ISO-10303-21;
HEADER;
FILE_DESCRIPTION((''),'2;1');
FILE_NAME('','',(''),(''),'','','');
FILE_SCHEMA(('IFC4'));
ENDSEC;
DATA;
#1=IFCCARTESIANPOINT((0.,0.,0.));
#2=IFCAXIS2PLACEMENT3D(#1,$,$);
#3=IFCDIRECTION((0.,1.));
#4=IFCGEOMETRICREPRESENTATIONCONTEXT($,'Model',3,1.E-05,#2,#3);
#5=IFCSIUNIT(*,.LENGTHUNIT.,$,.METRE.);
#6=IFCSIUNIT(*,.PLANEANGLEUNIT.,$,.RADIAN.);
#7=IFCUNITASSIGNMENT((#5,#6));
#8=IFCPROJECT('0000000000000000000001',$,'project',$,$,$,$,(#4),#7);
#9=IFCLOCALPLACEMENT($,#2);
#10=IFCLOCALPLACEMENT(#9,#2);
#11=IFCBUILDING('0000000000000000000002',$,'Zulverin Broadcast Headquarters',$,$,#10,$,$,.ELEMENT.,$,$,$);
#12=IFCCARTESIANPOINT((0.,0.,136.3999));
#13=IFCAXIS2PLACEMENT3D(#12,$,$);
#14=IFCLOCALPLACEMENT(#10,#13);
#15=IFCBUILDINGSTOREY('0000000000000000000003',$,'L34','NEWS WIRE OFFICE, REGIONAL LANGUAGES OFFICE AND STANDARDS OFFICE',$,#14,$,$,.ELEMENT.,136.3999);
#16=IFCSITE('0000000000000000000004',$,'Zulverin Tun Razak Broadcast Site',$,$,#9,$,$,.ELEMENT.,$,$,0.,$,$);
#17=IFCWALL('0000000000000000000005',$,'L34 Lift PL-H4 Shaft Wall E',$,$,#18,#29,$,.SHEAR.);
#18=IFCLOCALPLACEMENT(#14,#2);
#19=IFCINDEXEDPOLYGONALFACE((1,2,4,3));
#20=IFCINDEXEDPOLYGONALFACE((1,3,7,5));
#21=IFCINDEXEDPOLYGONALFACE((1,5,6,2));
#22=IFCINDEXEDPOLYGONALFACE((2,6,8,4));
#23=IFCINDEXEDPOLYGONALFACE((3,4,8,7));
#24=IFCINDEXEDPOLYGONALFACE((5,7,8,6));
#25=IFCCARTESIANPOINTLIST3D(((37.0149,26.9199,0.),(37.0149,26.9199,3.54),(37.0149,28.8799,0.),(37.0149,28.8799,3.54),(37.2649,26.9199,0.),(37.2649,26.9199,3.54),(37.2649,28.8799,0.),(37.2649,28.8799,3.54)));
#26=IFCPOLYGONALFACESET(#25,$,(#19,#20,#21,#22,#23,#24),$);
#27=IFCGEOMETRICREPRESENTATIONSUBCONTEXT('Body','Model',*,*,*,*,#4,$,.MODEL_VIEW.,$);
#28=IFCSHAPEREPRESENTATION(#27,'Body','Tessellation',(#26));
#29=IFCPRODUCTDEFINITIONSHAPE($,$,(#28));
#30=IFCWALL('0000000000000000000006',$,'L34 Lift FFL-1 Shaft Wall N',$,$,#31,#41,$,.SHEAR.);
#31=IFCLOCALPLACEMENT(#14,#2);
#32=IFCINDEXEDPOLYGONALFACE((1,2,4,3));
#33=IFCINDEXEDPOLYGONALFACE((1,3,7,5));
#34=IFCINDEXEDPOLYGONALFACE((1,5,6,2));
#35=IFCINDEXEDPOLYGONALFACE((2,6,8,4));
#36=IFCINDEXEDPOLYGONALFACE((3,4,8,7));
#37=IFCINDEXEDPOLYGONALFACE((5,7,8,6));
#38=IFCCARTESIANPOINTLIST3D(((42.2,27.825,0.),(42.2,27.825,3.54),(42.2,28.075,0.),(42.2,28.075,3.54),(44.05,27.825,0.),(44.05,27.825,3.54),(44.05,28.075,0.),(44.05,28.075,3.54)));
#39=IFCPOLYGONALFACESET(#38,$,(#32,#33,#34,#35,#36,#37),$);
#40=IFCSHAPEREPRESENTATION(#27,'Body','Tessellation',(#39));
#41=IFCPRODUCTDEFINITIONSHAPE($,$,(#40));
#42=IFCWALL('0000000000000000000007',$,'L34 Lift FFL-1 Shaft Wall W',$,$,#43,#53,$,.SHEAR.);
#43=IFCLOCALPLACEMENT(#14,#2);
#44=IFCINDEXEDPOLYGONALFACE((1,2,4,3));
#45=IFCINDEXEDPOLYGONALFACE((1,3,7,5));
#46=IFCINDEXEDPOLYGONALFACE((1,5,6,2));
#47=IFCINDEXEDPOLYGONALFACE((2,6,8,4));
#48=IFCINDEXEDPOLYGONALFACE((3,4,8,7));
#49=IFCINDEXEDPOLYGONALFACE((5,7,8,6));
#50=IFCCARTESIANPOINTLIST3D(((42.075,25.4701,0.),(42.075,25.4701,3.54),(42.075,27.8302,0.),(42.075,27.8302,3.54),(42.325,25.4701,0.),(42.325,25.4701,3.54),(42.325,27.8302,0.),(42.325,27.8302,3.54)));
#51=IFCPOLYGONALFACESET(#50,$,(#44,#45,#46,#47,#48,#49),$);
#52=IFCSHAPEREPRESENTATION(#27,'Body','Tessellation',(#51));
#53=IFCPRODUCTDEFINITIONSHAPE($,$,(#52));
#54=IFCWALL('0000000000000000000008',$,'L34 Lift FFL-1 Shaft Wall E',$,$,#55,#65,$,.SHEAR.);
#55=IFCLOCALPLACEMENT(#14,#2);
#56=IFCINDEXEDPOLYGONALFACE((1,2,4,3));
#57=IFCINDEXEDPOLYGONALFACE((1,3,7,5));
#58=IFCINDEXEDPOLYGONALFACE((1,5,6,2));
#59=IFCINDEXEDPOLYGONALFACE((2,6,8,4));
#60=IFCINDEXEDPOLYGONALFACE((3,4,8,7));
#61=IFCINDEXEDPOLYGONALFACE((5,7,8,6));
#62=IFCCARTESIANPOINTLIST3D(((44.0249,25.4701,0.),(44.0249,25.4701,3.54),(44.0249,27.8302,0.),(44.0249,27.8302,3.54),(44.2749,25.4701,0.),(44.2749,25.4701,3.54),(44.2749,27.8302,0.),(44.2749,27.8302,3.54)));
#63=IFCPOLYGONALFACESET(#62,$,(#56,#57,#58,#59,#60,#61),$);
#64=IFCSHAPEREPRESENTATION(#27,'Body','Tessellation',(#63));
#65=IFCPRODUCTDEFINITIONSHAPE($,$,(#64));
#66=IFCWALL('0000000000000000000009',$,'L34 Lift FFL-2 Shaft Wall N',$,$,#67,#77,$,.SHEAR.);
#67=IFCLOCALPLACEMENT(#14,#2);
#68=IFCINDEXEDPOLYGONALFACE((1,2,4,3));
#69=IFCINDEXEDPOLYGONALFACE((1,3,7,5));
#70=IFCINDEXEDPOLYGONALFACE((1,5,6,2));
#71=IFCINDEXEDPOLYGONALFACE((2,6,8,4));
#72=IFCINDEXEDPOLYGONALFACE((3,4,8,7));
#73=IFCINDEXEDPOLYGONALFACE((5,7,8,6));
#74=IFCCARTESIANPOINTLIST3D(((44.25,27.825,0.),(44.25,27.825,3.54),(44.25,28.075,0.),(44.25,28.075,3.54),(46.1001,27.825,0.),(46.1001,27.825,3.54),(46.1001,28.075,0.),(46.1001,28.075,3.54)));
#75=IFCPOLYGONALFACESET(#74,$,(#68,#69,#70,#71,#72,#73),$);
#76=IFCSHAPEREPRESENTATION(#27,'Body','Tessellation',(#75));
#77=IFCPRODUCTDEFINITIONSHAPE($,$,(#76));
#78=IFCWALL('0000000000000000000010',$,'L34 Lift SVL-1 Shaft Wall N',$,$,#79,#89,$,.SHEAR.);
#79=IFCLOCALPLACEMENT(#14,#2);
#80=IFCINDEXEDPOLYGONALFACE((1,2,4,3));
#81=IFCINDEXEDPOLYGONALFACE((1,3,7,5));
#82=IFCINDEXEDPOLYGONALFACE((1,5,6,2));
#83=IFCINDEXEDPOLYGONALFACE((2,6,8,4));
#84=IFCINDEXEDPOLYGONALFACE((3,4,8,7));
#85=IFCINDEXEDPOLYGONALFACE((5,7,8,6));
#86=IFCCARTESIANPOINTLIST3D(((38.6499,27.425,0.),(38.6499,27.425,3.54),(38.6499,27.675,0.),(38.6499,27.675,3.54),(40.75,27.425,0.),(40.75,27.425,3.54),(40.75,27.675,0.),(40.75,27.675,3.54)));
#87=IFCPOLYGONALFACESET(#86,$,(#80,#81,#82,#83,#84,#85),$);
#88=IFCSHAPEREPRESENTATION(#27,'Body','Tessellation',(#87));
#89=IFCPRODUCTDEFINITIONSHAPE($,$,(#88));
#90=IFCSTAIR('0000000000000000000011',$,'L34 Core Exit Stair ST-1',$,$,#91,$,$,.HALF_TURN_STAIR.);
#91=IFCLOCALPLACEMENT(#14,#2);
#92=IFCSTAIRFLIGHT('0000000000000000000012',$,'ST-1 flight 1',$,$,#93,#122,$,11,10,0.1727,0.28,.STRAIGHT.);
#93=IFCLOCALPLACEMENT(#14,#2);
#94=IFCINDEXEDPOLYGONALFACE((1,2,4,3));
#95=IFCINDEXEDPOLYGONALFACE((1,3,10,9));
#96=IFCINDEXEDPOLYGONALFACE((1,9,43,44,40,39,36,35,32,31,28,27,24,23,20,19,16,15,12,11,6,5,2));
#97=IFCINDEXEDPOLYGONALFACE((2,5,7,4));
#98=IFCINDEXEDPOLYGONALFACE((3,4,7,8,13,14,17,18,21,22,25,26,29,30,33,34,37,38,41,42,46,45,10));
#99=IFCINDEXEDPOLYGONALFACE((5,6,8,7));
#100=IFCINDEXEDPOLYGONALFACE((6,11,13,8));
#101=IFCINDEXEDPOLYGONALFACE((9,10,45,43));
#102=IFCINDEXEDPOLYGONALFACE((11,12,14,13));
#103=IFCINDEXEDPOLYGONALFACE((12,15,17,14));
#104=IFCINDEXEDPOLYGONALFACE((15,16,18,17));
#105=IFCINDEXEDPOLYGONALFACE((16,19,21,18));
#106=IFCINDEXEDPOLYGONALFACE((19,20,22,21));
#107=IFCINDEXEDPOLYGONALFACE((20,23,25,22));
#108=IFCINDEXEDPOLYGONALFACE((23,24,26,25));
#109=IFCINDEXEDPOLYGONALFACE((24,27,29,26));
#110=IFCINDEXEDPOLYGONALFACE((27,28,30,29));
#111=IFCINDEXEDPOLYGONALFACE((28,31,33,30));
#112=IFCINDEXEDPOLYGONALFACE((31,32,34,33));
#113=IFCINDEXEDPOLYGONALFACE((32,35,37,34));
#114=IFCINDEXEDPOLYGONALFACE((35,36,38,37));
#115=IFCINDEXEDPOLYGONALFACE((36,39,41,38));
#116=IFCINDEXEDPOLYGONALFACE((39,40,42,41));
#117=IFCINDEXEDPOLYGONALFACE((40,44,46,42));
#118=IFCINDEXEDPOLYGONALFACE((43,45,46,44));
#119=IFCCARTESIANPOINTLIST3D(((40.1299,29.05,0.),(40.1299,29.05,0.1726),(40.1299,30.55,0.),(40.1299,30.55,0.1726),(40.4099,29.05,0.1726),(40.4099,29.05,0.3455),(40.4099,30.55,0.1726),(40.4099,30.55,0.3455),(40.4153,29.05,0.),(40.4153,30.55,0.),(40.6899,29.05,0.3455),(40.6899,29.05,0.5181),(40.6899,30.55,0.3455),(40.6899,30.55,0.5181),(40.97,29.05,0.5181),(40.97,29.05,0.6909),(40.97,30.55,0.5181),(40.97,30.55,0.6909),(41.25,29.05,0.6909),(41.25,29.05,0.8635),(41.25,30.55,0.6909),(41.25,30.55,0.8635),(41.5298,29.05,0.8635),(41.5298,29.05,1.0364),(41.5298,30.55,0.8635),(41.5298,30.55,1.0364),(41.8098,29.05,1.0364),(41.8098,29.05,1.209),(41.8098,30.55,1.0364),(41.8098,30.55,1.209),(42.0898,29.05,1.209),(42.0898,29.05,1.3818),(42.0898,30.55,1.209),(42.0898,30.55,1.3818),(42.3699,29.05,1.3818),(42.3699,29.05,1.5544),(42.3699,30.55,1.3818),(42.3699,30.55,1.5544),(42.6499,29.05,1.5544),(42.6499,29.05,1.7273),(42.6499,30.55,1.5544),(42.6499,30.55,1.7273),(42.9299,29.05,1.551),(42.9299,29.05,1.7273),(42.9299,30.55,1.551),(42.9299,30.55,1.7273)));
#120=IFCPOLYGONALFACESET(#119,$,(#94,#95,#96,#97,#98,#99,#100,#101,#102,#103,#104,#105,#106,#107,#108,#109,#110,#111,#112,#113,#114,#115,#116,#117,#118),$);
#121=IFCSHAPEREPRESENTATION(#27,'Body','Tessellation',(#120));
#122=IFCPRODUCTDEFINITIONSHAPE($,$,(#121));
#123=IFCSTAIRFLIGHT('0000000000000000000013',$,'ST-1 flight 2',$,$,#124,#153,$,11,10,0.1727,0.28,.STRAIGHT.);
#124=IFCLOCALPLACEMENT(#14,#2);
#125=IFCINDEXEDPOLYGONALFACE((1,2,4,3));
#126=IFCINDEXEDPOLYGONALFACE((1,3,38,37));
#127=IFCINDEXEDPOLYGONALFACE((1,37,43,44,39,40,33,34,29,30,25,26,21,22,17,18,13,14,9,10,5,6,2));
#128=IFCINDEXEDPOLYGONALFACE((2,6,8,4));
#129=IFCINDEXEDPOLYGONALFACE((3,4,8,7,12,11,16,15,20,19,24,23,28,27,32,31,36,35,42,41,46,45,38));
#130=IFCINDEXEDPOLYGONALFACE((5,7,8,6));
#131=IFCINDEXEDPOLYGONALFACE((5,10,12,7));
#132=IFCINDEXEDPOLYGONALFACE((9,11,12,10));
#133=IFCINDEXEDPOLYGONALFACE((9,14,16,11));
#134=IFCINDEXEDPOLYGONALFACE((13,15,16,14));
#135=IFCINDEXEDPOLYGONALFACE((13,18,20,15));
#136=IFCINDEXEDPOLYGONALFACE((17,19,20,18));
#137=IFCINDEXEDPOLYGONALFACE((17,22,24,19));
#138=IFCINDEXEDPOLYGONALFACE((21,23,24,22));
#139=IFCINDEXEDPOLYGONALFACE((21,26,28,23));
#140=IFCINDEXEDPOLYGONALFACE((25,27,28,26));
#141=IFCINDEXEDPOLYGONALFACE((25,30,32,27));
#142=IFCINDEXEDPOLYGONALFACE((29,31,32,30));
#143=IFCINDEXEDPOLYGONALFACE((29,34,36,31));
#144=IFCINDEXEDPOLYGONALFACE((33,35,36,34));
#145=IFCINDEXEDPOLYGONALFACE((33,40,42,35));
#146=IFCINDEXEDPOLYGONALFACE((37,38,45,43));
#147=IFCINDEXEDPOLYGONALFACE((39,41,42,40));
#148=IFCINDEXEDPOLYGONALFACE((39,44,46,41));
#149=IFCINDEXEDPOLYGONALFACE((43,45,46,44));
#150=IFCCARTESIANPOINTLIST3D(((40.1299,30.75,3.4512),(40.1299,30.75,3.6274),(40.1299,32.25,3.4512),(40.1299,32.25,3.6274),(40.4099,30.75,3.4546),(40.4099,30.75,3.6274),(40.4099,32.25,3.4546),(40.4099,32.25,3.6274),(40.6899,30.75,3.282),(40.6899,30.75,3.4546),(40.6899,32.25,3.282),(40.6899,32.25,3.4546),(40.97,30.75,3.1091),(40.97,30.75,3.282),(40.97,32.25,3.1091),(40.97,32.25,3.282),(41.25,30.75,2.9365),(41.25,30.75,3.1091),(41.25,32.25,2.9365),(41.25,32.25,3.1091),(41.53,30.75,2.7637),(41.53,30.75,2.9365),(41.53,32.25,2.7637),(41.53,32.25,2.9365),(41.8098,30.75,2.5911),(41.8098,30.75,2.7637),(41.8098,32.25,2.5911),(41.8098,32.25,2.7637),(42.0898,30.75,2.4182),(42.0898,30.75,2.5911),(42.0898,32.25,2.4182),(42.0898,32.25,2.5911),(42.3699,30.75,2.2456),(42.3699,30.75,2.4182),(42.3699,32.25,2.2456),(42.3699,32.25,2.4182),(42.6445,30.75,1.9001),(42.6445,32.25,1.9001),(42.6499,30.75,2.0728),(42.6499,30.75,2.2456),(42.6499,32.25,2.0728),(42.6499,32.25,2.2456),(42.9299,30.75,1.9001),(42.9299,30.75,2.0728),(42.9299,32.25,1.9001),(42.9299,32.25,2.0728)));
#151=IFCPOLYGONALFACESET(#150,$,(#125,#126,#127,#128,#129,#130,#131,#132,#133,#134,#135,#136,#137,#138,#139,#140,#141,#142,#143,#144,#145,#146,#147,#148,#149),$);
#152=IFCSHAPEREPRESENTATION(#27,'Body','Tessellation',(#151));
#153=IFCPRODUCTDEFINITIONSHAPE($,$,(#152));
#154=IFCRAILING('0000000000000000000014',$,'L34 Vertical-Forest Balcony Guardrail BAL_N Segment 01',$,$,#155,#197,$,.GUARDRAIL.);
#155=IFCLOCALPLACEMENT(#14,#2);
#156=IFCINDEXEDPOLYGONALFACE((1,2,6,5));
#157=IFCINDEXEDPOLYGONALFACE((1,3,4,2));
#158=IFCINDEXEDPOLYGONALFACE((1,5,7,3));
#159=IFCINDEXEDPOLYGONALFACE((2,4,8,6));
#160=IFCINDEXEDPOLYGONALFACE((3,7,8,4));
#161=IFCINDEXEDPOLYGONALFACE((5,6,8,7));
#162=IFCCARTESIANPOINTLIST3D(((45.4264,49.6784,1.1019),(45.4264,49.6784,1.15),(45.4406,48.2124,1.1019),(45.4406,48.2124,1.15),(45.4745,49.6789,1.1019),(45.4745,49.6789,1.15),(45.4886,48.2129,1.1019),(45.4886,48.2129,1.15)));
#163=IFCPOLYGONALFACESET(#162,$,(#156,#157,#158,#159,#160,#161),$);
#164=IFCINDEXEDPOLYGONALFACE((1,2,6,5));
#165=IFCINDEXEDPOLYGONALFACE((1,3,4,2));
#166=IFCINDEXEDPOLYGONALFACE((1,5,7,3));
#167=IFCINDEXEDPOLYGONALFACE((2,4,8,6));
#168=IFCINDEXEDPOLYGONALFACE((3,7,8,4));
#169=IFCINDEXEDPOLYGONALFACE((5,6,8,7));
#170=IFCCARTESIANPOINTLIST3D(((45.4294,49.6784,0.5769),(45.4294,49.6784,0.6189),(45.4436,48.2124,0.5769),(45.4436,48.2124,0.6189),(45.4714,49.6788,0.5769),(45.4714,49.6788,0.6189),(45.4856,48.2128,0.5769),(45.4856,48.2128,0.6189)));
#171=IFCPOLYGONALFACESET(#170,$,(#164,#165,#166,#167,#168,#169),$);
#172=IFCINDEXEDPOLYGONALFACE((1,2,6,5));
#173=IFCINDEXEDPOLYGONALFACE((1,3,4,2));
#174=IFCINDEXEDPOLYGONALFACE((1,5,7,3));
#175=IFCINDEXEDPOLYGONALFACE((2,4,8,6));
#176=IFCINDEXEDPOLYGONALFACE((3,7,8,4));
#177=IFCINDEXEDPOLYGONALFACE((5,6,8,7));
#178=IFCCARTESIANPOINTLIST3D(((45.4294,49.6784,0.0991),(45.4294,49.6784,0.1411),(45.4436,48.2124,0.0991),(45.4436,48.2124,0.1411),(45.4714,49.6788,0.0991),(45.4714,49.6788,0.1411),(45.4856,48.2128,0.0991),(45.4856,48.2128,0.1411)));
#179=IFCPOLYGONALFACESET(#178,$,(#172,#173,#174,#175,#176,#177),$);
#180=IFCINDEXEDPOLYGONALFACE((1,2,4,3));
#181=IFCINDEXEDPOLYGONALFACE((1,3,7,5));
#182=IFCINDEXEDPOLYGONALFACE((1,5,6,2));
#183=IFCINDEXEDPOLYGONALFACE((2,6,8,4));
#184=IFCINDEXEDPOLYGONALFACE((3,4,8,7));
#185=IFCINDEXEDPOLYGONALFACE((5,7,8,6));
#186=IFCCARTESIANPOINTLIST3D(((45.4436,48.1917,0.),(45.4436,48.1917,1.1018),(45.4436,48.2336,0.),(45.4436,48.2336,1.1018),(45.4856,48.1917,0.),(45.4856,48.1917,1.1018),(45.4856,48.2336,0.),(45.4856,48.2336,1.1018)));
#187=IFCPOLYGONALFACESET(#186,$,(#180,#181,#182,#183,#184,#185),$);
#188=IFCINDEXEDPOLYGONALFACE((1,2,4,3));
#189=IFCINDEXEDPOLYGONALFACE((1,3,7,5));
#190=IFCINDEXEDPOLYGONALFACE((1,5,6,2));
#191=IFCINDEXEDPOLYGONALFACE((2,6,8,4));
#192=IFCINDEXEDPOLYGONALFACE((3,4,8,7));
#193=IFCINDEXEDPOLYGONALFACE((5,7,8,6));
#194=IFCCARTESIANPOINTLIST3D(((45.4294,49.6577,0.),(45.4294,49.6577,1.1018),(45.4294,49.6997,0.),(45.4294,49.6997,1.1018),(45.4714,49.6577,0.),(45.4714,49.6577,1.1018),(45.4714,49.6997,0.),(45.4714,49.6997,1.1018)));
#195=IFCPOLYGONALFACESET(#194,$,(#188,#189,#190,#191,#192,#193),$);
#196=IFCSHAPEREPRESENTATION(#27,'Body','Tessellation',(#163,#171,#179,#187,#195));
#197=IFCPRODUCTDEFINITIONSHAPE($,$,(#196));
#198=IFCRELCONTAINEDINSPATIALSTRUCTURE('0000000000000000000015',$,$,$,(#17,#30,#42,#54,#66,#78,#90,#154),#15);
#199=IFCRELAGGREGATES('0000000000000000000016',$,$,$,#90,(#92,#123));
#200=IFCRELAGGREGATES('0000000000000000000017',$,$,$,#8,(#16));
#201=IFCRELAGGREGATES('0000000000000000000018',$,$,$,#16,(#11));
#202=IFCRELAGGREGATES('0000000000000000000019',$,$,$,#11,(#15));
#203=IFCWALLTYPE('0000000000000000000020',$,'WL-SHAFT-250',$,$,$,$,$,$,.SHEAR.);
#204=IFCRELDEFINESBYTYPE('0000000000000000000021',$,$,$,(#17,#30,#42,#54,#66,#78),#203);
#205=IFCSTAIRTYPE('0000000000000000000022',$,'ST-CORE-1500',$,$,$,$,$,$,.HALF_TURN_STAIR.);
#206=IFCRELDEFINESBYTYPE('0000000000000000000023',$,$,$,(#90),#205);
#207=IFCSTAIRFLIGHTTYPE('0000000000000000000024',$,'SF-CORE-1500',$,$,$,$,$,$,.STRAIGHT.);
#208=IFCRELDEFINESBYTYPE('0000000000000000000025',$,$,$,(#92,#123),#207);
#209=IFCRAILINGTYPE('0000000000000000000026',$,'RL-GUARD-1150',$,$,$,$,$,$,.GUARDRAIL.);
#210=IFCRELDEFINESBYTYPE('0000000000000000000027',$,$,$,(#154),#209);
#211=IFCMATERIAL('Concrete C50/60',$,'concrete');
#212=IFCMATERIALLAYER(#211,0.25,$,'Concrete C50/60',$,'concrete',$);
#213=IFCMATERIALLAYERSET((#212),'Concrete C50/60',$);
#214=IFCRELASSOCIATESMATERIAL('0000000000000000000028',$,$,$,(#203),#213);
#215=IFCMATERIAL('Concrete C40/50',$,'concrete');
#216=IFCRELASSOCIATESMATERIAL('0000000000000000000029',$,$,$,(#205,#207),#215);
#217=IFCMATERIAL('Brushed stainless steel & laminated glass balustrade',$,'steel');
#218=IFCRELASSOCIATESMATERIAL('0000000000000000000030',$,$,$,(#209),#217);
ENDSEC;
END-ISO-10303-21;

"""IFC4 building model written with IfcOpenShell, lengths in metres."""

from ifc_helpers import new_model, si_unit, direction, frame, frame_2d, origin, origin_2d, place, context, subcontext, project, spatial, polyline, rectangle, outline, extrude, material, layer, layer_set, type_object, element, aggregate, save


model = new_model("IFC4")

# Units and contexts
model_context = context("Model", 3, precision=1e-05, world=origin(), true_north=direction((0.0, 1.0)))
body_context = subcontext(model_context, "Body", "Model", "MODEL_VIEW")
ifc_project = project(units=[si_unit("LENGTHUNIT", "METRE"), si_unit("PLANEANGLEUNIT", "RADIAN")], contexts=[model_context])

# Site, building, storey
site_placement = place(None, origin())
site = spatial("IfcSite", under=ifc_project, at=site_placement, Name="Zulverin Tun Razak Broadcast Site", CompositionType="ELEMENT", RefElevation=0.0)
building_placement = place(site_placement, origin())
building = spatial("IfcBuilding", under=site, at=building_placement, Name="Zulverin Broadcast Headquarters", CompositionType="ELEMENT")
storey_placement = place(building_placement, frame((0.0, 0.0, 136.3999)))
storey = spatial("IfcBuildingStorey", under=building, at=storey_placement, Name="L34", Description="NEWS WIRE OFFICE, REGIONAL LANGUAGES OFFICE AND STANDARDS OFFICE", CompositionType="ELEMENT", Elevation=136.3999)

# Shared definitions
ifc_material_1 = material(Name="Concrete C50/60", Category="concrete")

# Shared definitions
ifc_material_2 = material(Name="Concrete C40/50", Category="concrete")

# Shared definitions
ifc_layer_1 = layer(ifc_material_1, 0.25, Name="Concrete C50/60", Category="concrete")
ifc_layer_set_1 = layer_set([ifc_layer_1], Name="Concrete C50/60")
wall_type_1 = type_object("IfcWallType", Name="WL-SHAFT-250", PredefinedType="SHEAR", material=ifc_layer_set_1)

# Walls
wall_1_placement = place(storey_placement, frame((37.1399, 26.9199, 0.0), z_axis=(0.0, 0.0, 1.0), x_axis=(0.0, 1.0, 0.0)))
element("IfcWall", 1, at=wall_1_placement, inside=storey, type_object=wall_type_1, Name="L34 Lift PL-H4 Shaft Wall E", PredefinedType="SHEAR", context=body_context, shape_type="SweptSolid", body=[
    extrude(rectangle(XDim=1.96, YDim=0.25, at=frame_2d((0.98, 0.0))), origin(), (0.0, 0.0, 1.0), 3.54),
])
wall_2_placement = place(storey_placement, frame((42.2, 27.95, 0.0), z_axis=(0.0, 0.0, 1.0), x_axis=(1.0, 0.0, 0.0)))
element("IfcWall", 2, at=wall_2_placement, inside=storey, type_object=wall_type_1, Name="L34 Lift FFL-1 Shaft Wall N", PredefinedType="SHEAR", context=body_context, shape_type="SweptSolid", body=[
    extrude(rectangle(XDim=1.8501, YDim=0.25, at=frame_2d((0.925, 0.0))), origin(), (0.0, 0.0, 1.0), 3.54),
])
for number, where, z_axis, x_axis, name in (
    (3, (42.2, 25.47, 0.0), (0.0, 0.0, 1.0), (0.0, 1.0, 0.0), "L34 Lift FFL-1 Shaft Wall W"),
    (4, (44.1499, 25.47, 0.0), (0.0, 0.0, 1.0), (0.0, 1.0, 0.0), "L34 Lift FFL-1 Shaft Wall E"),
):
    element("IfcWall", number, at=place(storey_placement, frame(where, z_axis=z_axis, x_axis=x_axis)), inside=storey, type_object=wall_type_1, Name=name, PredefinedType="SHEAR", context=body_context, shape_type="SweptSolid", body=[
        extrude(rectangle(XDim=2.3601, YDim=0.25, at=frame_2d((1.1802, 0.0))), origin(), (0.0, 0.0, 1.0), 3.54),
    ])
wall_3_placement = place(storey_placement, frame((44.25, 27.95, 0.0), z_axis=(0.0, 0.0, 1.0), x_axis=(1.0, 0.0, 0.0)))
element("IfcWall", 5, at=wall_3_placement, inside=storey, type_object=wall_type_1, Name="L34 Lift FFL-2 Shaft Wall N", PredefinedType="SHEAR", context=body_context, shape_type="SweptSolid", body=[
    extrude(rectangle(XDim=1.8501, YDim=0.25, at=frame_2d((0.925, 0.0))), origin(), (0.0, 0.0, 1.0), 3.54),
])
wall_4_placement = place(storey_placement, frame((38.6499, 27.55, 0.0), z_axis=(0.0, 0.0, 1.0), x_axis=(1.0, 0.0, 0.0)))
element("IfcWall", 6, at=wall_4_placement, inside=storey, type_object=wall_type_1, Name="L34 Lift SVL-1 Shaft Wall N", PredefinedType="SHEAR", context=body_context, shape_type="SweptSolid", body=[
    extrude(rectangle(XDim=2.1001, YDim=0.25, at=frame_2d((1.05, 0.0))), origin(), (0.0, 0.0, 1.0), 3.54),
])

# Stair, stair flights
stair_type = type_object("IfcStairType", Name="ST-CORE-1500", PredefinedType="HALF_TURN_STAIR", material=ifc_material_2)
stair_placement = place(storey_placement, origin())
stair = element("IfcStair", 7, at=stair_placement, inside=storey, type_object=stair_type, Name="L34 Core Exit Stair ST-1", PredefinedType="HALF_TURN_STAIR")
stair_flight_type = type_object("IfcStairFlightType", Name="SF-CORE-1500", PredefinedType="STRAIGHT", material=ifc_material_2)
stair_flight_1_placement = place(storey_placement, frame((40.1299, 29.8, 0.0), z_axis=(0.0, 0.0, 1.0), x_axis=(1.0, 0.0, 0.0)))
stair_flight_1 = element("IfcStairFlight", 8, at=stair_flight_1_placement, type_object=stair_flight_type, Name="ST-1 flight 1", NumberOfRisers=11, NumberOfTreads=10, PredefinedType="STRAIGHT", RiserHeight=0.1727, TreadLength=0.28, context=body_context, shape_type="SweptSolid", body=[
    extrude(outline(polyline([(0.0, 0.0), (0.0, 0.1726), (0.28, 0.1726), (0.28, 0.3455), (0.5601, 0.3455), (0.5601, 0.5181), (0.8401, 0.5181), (0.8401, 0.6909), (1.1201, 0.6909), (1.1201, 0.8635), (1.3999, 0.8635), (1.3999, 1.0364), (1.6799, 1.0364), (1.6799, 1.209), (1.96, 1.209), (1.96, 1.3818), (2.24, 1.3818), (2.24, 1.5544), (2.52, 1.5544), (2.52, 1.7273), (2.8, 1.7273), (2.8, 1.8999), (2.8, 1.551), (0.2854, 0.0), (0.0, 0.0)])), frame((0.0, 0.75, 0.0), z_axis=(0.0, -1.0, 0.0), x_axis=(1.0, 0.0, 0.0)), (0.0, 0.0, 1.0), 1.5),
])
stair_flight_2_placement = place(storey_placement, frame((42.9299, 31.5, 1.9001), z_axis=(0.0, 0.0, 1.0), x_axis=(-1.0, 0.0, 0.0)))
stair_flight_2 = element("IfcStairFlight", 9, at=stair_flight_2_placement, type_object=stair_flight_type, Name="ST-1 flight 2", NumberOfRisers=11, NumberOfTreads=10, PredefinedType="STRAIGHT", RiserHeight=0.1727, TreadLength=0.28, context=body_context, shape_type="SweptSolid", body=[
    extrude(outline(polyline([(0.0, 0.0), (0.0, 0.1726), (0.28, 0.1726), (0.28, 0.3455), (0.5601, 0.3455), (0.5601, 0.5181), (0.8401, 0.5181), (0.8401, 0.6909), (1.1201, 0.6909), (1.1201, 0.8635), (1.3999, 0.8635), (1.3999, 1.0364), (1.6799, 1.0364), (1.6799, 1.209), (1.96, 1.209), (1.96, 1.3818), (2.24, 1.3818), (2.24, 1.5544), (2.52, 1.5544), (2.52, 1.7273), (2.8, 1.7273), (2.8, 1.8999), (2.8, 1.551), (0.2854, 0.0), (0.0, 0.0)])), frame((0.0, 0.75, 0.0), z_axis=(0.0, -1.0, 0.0), x_axis=(1.0, 0.0, 0.0)), (0.0, 0.0, 1.0), 1.5),
])
aggregate(stair, [stair_flight_1, stair_flight_2])

# Railing
ifc_material_3 = material(Name="Brushed stainless steel & laminated glass balustrade", Category="steel")
railing_type_1 = type_object("IfcRailingType", Name="RL-GUARD-1150", PredefinedType="GUARDRAIL", material=ifc_material_3)
railing_1_placement = place(storey_placement, frame((45.4646, 48.2126, 0.0)))
element("IfcRailing", 10, at=railing_1_placement, inside=storey, type_object=railing_type_1, Name="L34 Vertical-Forest Balcony Guardrail BAL_N Segment 01", PredefinedType="GUARDRAIL", context=body_context, shape_type="SweptSolid", body=[
    extrude(rectangle(XDim=0.0481, YDim=0.0481, at=origin_2d()), frame((0.0, 0.0, 1.126), z_axis=(-0.009658, 0.999953, 0.0), x_axis=(-0.999953, -0.009658, 0.0)), (0.0, 0.0, 1.0), 1.4661),
    extrude(rectangle(XDim=0.042, YDim=0.042, at=origin_2d()), frame((0.0, 0.0, 0.5979), z_axis=(-0.009658, 0.999953, 0.0), x_axis=(-0.999953, -0.009658, 0.0)), (0.0, 0.0, 1.0), 1.4661),
    extrude(rectangle(XDim=0.042, YDim=0.042, at=origin_2d()), frame((0.0, 0.0, 0.1201), z_axis=(-0.009658, 0.999953, 0.0), x_axis=(-0.999953, -0.009658, 0.0)), (0.0, 0.0, 1.0), 1.4661),
    extrude(rectangle(XDim=0.042, YDim=0.042, at=origin_2d()), origin(), (0.0, 0.0, 1.0), 1.1018),
    extrude(rectangle(XDim=0.042, YDim=0.042, at=origin_2d()), frame((-0.0142, 1.4661, 0.0)), (0.0, 0.0, 1.0), 1.1018),
])

save(model, "model.ifc")
